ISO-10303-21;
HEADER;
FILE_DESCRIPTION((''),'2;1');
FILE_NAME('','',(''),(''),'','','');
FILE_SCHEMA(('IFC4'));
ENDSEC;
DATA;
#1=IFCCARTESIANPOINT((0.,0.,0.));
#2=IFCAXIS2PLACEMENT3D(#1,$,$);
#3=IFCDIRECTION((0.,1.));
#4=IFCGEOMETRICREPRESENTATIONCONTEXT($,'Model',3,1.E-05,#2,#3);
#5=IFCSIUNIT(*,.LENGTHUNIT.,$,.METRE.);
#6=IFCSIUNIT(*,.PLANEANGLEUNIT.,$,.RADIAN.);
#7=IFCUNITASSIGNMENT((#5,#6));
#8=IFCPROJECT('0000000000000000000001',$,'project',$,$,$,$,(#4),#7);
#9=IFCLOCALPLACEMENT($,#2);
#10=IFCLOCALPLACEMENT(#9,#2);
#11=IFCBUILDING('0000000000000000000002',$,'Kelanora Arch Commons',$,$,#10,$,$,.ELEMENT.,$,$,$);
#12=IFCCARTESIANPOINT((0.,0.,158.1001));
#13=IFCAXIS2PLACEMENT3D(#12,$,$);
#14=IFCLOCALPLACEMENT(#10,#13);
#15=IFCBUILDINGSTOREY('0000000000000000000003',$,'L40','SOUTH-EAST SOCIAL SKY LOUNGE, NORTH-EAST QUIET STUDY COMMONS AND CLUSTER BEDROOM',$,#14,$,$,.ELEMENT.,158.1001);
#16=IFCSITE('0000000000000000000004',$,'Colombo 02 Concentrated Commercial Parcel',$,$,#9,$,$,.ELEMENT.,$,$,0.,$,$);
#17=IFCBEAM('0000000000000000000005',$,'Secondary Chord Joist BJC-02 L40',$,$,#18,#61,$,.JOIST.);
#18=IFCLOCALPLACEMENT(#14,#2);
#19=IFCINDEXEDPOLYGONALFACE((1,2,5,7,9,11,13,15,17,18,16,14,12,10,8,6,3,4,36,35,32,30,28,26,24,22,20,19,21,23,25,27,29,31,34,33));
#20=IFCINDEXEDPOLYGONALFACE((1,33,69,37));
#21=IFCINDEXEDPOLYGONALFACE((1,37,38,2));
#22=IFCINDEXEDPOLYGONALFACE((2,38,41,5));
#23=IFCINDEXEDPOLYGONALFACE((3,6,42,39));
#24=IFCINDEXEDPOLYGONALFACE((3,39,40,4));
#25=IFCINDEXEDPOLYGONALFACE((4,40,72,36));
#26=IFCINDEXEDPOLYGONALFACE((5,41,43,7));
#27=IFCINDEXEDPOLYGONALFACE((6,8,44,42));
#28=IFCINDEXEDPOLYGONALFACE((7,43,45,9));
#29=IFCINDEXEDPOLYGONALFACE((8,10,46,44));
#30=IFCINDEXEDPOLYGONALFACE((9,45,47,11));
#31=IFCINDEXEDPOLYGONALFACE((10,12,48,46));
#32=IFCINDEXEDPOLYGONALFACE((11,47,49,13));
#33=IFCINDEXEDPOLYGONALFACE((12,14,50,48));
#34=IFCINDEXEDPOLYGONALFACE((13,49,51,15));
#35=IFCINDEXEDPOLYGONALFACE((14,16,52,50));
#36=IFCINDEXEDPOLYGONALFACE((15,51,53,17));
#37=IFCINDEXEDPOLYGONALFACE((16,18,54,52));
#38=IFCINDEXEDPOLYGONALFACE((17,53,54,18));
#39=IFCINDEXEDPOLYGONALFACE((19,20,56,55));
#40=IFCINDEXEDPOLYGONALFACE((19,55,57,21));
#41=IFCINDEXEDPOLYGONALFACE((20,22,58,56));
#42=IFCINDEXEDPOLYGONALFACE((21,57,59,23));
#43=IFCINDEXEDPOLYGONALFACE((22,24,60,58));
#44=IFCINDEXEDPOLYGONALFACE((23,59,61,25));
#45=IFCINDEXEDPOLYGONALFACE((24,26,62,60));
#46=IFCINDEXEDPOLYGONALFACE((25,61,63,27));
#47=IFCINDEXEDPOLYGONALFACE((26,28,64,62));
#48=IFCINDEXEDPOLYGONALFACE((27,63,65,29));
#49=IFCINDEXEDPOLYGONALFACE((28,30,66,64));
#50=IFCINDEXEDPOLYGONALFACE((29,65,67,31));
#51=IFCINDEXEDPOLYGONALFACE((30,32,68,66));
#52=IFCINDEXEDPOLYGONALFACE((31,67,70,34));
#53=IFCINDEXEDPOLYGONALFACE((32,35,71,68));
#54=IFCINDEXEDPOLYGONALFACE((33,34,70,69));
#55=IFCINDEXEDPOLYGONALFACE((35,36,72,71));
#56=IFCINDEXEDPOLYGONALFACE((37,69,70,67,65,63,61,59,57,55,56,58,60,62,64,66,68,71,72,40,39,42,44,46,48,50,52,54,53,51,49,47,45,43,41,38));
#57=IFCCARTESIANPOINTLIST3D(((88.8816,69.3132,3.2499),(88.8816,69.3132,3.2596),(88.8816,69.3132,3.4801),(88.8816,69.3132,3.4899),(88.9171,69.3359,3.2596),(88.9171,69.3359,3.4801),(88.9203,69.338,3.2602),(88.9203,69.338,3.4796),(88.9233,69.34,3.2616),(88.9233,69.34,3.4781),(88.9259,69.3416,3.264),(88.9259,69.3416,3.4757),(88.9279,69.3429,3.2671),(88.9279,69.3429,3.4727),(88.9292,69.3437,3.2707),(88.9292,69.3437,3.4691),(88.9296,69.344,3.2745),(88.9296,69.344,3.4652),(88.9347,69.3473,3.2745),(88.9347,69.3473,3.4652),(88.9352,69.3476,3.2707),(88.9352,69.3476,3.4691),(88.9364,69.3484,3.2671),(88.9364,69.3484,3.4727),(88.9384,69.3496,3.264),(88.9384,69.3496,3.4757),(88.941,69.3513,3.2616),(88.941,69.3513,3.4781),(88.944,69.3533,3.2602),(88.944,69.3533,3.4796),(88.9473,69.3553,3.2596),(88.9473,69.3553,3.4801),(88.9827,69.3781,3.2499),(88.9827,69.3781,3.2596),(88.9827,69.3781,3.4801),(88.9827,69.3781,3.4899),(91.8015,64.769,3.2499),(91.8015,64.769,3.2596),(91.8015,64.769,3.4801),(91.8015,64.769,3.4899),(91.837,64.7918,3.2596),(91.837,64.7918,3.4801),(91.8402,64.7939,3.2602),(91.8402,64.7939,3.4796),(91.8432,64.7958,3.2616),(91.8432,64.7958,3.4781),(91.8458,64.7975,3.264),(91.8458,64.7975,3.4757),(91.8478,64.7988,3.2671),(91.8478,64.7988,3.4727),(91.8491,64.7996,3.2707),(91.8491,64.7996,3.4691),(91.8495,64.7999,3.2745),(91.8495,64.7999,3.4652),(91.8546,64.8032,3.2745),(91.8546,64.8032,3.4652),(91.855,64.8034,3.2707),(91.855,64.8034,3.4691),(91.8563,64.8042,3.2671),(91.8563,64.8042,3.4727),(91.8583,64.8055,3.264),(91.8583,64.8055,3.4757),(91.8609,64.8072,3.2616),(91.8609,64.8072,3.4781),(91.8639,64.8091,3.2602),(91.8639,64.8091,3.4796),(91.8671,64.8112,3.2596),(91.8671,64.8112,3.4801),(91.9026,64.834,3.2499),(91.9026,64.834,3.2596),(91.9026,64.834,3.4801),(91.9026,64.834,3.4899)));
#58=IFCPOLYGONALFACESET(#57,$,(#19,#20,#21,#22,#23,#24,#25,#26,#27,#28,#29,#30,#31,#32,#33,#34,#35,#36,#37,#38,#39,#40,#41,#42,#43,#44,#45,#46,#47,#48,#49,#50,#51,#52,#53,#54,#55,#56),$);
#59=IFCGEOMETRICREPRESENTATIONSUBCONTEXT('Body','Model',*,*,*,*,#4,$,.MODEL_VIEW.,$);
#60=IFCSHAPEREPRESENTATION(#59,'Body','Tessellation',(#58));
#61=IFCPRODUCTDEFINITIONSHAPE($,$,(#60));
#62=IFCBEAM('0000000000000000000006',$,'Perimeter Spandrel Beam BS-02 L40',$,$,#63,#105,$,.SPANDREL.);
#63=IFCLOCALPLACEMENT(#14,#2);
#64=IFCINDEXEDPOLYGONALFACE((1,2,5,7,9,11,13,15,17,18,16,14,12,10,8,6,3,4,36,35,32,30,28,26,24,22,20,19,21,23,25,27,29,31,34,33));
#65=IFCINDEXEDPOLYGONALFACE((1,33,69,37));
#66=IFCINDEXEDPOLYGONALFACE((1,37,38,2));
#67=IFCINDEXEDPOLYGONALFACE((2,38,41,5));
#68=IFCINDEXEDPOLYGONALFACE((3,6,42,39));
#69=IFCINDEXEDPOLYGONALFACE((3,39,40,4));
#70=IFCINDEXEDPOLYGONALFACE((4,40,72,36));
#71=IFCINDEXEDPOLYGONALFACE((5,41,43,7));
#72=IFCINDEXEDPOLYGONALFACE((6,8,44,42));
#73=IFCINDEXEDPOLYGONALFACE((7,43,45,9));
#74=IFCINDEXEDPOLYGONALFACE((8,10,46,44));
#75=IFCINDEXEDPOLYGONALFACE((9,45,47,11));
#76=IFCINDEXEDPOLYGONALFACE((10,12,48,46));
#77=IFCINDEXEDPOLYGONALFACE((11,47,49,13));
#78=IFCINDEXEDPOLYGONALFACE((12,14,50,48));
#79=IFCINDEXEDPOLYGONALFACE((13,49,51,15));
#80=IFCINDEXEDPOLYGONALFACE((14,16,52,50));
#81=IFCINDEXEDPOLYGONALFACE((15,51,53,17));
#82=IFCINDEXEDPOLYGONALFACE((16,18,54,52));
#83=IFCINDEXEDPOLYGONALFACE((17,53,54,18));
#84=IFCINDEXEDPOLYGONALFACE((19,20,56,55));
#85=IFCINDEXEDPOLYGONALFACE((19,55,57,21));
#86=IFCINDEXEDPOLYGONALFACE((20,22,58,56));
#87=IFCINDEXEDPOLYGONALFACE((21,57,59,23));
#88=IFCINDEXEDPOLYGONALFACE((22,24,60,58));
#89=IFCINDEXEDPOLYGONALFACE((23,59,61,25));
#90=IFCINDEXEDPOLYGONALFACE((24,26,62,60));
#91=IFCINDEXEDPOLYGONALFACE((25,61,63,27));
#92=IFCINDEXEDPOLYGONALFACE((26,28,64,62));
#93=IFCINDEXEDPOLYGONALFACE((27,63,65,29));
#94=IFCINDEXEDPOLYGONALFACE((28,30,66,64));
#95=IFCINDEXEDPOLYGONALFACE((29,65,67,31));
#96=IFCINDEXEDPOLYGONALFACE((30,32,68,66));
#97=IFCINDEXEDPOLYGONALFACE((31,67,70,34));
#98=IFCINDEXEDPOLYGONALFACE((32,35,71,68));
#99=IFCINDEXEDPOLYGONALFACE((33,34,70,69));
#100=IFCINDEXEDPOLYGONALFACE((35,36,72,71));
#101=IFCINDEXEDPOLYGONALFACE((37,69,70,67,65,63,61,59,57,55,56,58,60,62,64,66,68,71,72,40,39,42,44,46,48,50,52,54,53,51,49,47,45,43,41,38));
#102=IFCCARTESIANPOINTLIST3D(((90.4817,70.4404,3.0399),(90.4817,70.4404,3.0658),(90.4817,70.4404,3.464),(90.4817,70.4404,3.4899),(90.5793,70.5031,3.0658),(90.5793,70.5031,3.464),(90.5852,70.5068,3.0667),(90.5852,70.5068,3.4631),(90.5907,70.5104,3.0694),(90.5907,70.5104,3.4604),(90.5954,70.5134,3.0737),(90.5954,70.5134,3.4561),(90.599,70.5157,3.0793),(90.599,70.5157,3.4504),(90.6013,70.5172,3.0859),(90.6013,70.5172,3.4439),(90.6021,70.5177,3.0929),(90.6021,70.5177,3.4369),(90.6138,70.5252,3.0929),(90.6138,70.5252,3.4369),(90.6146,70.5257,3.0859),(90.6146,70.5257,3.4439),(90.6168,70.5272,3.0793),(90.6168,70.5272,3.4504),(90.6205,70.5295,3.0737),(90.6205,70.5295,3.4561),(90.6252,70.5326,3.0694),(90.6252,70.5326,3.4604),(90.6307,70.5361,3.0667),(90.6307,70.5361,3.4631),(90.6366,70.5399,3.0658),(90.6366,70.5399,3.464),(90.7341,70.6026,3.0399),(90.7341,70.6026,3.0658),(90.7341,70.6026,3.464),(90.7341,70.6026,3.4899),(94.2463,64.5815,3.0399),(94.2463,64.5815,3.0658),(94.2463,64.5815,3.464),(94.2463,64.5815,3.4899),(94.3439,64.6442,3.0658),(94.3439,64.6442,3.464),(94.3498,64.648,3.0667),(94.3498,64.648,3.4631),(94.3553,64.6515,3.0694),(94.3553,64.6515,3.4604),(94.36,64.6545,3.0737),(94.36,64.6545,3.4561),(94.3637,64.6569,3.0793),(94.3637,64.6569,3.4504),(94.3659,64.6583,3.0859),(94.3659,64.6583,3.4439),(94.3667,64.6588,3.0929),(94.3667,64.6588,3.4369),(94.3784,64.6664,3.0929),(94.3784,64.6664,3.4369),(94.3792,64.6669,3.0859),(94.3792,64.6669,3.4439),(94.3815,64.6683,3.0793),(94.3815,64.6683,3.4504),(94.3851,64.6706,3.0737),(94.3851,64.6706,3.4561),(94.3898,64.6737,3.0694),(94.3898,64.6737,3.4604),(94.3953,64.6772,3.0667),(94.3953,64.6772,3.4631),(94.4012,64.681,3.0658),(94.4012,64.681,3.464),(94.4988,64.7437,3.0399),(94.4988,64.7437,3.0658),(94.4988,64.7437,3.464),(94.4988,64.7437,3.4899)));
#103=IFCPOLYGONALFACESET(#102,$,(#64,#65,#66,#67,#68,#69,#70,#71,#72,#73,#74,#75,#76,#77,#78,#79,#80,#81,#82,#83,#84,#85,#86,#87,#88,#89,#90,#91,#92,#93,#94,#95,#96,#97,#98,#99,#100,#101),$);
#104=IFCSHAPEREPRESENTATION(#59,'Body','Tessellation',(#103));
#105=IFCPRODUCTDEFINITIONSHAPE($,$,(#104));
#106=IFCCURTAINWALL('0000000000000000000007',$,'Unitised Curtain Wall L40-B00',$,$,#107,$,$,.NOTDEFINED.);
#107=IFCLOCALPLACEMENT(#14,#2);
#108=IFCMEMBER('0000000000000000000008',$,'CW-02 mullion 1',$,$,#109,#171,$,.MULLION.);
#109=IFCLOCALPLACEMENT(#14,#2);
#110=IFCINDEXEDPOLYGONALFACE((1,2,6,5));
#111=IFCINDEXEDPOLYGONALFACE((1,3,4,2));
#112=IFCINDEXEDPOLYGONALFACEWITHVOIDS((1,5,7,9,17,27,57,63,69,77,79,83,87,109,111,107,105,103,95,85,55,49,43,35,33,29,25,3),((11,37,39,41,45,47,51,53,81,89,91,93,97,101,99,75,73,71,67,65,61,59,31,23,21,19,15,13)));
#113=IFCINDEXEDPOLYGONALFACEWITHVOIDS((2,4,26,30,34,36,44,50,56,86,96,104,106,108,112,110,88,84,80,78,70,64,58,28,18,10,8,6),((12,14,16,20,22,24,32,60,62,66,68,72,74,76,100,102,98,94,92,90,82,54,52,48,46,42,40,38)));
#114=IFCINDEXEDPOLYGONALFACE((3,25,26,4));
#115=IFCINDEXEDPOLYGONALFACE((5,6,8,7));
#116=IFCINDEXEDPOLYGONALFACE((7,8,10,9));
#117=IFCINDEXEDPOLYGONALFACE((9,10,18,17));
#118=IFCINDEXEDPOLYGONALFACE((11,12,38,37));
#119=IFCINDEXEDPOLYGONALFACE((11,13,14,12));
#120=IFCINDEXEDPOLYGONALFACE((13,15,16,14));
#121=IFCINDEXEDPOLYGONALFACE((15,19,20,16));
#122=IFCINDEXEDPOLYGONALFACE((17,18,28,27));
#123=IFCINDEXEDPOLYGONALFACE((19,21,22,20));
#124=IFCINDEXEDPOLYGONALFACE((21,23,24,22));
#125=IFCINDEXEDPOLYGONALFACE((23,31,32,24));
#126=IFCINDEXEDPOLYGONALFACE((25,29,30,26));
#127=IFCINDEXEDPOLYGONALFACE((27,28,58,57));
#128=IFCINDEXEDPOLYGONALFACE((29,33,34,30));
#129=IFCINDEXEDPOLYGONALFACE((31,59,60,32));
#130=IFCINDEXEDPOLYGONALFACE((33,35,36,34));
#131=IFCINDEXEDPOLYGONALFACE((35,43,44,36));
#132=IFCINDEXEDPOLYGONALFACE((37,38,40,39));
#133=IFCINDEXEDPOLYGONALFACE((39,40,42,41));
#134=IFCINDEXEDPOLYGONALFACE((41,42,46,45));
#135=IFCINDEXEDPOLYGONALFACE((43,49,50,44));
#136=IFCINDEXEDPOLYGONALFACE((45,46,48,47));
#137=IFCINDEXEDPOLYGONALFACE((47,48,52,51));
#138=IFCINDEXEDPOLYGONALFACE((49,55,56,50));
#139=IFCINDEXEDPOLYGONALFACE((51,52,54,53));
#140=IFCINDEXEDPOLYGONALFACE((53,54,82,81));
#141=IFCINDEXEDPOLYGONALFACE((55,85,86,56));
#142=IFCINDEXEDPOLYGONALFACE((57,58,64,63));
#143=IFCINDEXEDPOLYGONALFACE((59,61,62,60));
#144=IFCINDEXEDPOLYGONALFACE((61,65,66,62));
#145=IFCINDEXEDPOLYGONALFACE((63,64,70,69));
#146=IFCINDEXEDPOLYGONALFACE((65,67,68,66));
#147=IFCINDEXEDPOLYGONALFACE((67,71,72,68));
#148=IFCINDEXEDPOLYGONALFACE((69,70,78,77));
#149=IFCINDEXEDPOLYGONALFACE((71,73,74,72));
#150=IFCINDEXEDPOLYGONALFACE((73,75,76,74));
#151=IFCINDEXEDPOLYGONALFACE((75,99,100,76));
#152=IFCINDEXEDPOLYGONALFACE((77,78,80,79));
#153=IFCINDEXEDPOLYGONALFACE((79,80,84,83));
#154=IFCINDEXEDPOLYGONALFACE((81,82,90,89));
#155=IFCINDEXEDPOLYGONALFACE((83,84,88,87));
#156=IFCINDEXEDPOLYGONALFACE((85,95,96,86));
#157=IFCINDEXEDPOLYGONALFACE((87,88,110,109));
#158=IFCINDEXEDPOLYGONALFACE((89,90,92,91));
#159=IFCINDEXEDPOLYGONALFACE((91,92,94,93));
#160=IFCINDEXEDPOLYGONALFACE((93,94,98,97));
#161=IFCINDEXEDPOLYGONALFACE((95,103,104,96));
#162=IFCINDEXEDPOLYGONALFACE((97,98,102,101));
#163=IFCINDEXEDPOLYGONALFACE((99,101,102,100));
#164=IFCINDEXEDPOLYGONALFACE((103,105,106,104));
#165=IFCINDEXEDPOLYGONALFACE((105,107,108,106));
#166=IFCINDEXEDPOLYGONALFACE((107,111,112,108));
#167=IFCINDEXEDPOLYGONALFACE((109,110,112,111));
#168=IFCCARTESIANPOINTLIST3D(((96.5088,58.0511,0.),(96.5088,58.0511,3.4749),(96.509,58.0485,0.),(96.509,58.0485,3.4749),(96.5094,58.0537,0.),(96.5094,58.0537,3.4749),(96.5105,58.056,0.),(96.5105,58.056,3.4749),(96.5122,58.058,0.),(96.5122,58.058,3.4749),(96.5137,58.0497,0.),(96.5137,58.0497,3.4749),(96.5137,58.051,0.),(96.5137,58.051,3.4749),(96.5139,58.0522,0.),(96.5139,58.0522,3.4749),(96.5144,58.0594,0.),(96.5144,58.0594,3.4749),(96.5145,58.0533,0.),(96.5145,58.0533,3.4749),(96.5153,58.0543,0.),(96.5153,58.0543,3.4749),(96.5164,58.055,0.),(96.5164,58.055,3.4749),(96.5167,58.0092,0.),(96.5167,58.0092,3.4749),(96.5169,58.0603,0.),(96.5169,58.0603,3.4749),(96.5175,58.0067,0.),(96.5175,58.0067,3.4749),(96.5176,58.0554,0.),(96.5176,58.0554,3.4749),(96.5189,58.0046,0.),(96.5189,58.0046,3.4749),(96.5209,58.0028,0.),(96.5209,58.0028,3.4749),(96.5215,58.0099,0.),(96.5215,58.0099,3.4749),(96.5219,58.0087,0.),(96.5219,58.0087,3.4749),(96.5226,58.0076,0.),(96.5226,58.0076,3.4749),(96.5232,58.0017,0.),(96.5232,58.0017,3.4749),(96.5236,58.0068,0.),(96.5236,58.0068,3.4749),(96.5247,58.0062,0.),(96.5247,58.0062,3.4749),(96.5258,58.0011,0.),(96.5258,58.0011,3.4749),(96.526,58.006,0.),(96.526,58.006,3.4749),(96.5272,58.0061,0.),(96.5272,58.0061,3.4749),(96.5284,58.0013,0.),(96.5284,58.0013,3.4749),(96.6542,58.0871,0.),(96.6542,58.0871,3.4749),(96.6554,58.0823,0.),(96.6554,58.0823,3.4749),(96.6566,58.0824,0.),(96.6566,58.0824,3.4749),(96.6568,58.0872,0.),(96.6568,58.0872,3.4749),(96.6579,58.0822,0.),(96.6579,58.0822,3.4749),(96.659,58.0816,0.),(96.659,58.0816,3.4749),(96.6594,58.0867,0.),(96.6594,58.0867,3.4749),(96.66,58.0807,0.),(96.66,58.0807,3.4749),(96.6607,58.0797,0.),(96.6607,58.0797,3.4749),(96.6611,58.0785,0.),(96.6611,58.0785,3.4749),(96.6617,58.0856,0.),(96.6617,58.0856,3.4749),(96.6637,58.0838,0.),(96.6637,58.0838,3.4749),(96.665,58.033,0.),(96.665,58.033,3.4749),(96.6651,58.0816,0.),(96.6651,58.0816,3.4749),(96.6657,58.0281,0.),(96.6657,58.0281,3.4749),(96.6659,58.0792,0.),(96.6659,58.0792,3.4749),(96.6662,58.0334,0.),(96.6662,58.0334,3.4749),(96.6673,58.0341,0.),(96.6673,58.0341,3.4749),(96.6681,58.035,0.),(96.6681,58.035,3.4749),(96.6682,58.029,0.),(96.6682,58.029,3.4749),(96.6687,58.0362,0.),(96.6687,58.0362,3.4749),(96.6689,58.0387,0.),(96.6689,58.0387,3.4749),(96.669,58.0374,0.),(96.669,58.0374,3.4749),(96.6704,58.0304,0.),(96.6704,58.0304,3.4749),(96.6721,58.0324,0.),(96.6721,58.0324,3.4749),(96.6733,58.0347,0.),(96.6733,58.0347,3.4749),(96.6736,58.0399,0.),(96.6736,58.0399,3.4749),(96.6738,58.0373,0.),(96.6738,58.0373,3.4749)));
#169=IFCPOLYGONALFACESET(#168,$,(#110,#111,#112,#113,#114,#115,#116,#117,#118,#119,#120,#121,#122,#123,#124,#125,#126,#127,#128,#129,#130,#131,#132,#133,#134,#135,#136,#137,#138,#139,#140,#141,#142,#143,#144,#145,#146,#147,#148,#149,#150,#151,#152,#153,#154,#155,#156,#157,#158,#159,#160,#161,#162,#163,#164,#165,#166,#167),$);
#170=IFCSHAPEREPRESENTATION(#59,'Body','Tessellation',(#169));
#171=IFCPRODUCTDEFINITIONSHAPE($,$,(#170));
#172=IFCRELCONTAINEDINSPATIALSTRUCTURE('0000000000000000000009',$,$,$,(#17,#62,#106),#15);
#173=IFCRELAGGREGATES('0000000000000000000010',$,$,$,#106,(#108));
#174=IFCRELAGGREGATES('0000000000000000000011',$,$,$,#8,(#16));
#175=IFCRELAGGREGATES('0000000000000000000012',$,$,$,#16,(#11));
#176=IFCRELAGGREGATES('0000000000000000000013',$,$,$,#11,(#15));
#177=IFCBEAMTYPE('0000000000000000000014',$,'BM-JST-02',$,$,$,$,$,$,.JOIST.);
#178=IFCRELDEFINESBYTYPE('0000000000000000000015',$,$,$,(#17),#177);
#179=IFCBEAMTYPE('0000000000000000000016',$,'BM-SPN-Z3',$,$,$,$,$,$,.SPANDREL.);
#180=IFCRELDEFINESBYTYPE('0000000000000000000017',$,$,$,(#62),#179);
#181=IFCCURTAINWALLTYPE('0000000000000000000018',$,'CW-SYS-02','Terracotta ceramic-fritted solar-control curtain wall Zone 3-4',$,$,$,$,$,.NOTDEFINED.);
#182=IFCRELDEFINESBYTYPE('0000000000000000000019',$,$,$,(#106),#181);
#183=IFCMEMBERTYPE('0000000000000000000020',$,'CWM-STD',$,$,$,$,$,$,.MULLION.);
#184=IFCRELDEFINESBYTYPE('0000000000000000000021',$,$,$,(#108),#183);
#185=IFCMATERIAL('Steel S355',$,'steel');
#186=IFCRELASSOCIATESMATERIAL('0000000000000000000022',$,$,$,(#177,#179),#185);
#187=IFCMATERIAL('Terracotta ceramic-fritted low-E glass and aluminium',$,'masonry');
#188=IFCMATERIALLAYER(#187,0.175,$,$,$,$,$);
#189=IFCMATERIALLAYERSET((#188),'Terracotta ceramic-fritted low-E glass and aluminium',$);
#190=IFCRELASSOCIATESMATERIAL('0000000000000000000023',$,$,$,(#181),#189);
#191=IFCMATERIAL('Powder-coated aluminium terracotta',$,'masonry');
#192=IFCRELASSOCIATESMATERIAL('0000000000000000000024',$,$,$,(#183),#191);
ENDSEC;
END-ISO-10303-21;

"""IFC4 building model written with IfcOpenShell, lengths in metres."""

from ifc_helpers import new_model, si_unit, direction, frame, origin, origin_2d, place, context, subcontext, project, spatial, hollow_rectangle, i_section, extrude, material, layer, layer_set, material_profile, profile_set, type_object, element, aggregate, save


model = new_model("IFC4")

# Units and contexts
model_context = context("Model", 3, precision=1e-05, world=origin(), true_north=direction((0.0, 1.0)))
body_context = subcontext(model_context, "Body", "Model", "MODEL_VIEW")
ifc_project = project(units=[si_unit("LENGTHUNIT", "METRE"), si_unit("PLANEANGLEUNIT", "RADIAN")], contexts=[model_context])

# Site, building, storey
site_placement = place(None, origin())
site = spatial("IfcSite", under=ifc_project, at=site_placement, Name="Colombo 02 Concentrated Commercial Parcel", CompositionType="ELEMENT", RefElevation=0.0)
building_placement = place(site_placement, origin())
building = spatial("IfcBuilding", under=site, at=building_placement, Name="Kelanora Arch Commons", CompositionType="ELEMENT")
storey_placement = place(building_placement, frame((0.0, 0.0, 158.1001)))
storey = spatial("IfcBuildingStorey", under=building, at=storey_placement, Name="L40", Description="SOUTH-EAST SOCIAL SKY LOUNGE, NORTH-EAST QUIET STUDY COMMONS AND CLUSTER BEDROOM", CompositionType="ELEMENT", Elevation=158.1001)

# Beams
ifc_material_1 = material(Name="Steel S355", Category="steel")
ifc_material_profile_1 = material_profile(ifc_material_1, i_section(OverallWidth=0.1201, OverallDepth=0.24, WebThickness=0.0061, FlangeThickness=0.0098, FilletRadius=0.0149, at=origin_2d()), Name="IPE240")
ifc_profile_set_1 = profile_set([ifc_material_profile_1], Name="Steel S355")
beam_type_1 = type_object("IfcBeamType", Name="BM-JST-02", PredefinedType="JOIST", material=ifc_profile_set_1)
beam_1_placement = place(storey_placement, frame((91.8521, 64.8015, 3.3699), z_axis=(-0.540582, 0.841292, 0.0), x_axis=(-0.841292, -0.540582, 0.0)))
element("IfcBeam", 1, at=beam_1_placement, inside=storey, type_object=beam_type_1, Name="Secondary Chord Joist BJC-02 L40", PredefinedType="JOIST", context=body_context, shape_type="SweptSolid", body=[
    extrude(i_section(OverallWidth=0.1201, OverallDepth=0.24, WebThickness=0.0061, FlangeThickness=0.0098, FilletRadius=0.0149, at=origin_2d()), origin(), (0.0, 0.0, 1.0), 5.4014),
])
ifc_material_profile_2 = material_profile(ifc_material_1, i_section(OverallWidth=0.3, OverallDepth=0.45, WebThickness=0.0139, FlangeThickness=0.0259, FilletRadius=0.0271, at=origin_2d()), Name="HEB450")
ifc_profile_set_2 = profile_set([ifc_material_profile_2], Name="Steel S355")
beam_type_2 = type_object("IfcBeamType", Name="BM-SPN-Z3", PredefinedType="SPANDREL", material=ifc_profile_set_2)
beam_2_placement = place(storey_placement, frame((94.3726, 64.6626, 3.2649), z_axis=(-0.540577, 0.841295, 0.0), x_axis=(-0.841295, -0.540577, 0.0)))
element("IfcBeam", 2, at=beam_2_placement, inside=storey, type_object=beam_type_2, Name="Perimeter Spandrel Beam BS-02 L40", PredefinedType="SPANDREL", context=body_context, shape_type="SweptSolid", body=[
    extrude(i_section(OverallWidth=0.3, OverallDepth=0.45, WebThickness=0.0139, FlangeThickness=0.0259, FilletRadius=0.0271, at=origin_2d()), origin(), (0.0, 0.0, 1.0), 6.9641),
])

# Curtain wall, member
ifc_material_2 = material(Name="Terracotta ceramic-fritted low-E glass and aluminium", Category="masonry")
ifc_layer_1 = layer(ifc_material_2, 0.175)
ifc_layer_set_1 = layer_set([ifc_layer_1], Name="Terracotta ceramic-fritted low-E glass and aluminium")
curtain_wall_type = type_object("IfcCurtainWallType", Name="CW-SYS-02", Description="Terracotta ceramic-fritted solar-control curtain wall Zone 3-4", PredefinedType="NOTDEFINED", material=ifc_layer_set_1)
curtain_wall_placement = place(storey_placement, origin())
curtain_wall = element("IfcCurtainWall", 3, at=curtain_wall_placement, inside=storey, type_object=curtain_wall_type, Name="Unitised Curtain Wall L40-B00", PredefinedType="NOTDEFINED")
ifc_material_3 = material(Name="Powder-coated aluminium terracotta", Category="masonry")
ifc_material_profile_3 = material_profile(ifc_material_3, hollow_rectangle(XDim=0.1599, YDim=0.0601, WallThickness=0.0049, InnerFilletRadius=0.0049, OuterFilletRadius=0.01, at=origin_2d()), Name="CWM160x60")
ifc_profile_set_3 = profile_set([ifc_material_profile_3], Name="Powder-coated aluminium terracotta")
member_type_1 = type_object("IfcMemberType", Name="CWM-STD", PredefinedType="MULLION", material=ifc_profile_set_3)
member_1_placement = place(storey_placement, frame((96.5913, 58.0442, 0.0), z_axis=(0.0, 0.0, 1.0), x_axis=(-0.981453, -0.191705, 0.0)))
member_1 = element("IfcMember", 4, at=member_1_placement, type_object=member_type_1, Name="CW-02 mullion 1", PredefinedType="MULLION", context=body_context, shape_type="SweptSolid", body=[
    extrude(hollow_rectangle(XDim=0.1599, YDim=0.0601, WallThickness=0.0049, InnerFilletRadius=0.0049, OuterFilletRadius=0.01, at=origin_2d()), origin(), (0.0, 0.0, 1.0), 3.4749),
])
aggregate(curtain_wall, [member_1])

save(model, "model.ifc")
